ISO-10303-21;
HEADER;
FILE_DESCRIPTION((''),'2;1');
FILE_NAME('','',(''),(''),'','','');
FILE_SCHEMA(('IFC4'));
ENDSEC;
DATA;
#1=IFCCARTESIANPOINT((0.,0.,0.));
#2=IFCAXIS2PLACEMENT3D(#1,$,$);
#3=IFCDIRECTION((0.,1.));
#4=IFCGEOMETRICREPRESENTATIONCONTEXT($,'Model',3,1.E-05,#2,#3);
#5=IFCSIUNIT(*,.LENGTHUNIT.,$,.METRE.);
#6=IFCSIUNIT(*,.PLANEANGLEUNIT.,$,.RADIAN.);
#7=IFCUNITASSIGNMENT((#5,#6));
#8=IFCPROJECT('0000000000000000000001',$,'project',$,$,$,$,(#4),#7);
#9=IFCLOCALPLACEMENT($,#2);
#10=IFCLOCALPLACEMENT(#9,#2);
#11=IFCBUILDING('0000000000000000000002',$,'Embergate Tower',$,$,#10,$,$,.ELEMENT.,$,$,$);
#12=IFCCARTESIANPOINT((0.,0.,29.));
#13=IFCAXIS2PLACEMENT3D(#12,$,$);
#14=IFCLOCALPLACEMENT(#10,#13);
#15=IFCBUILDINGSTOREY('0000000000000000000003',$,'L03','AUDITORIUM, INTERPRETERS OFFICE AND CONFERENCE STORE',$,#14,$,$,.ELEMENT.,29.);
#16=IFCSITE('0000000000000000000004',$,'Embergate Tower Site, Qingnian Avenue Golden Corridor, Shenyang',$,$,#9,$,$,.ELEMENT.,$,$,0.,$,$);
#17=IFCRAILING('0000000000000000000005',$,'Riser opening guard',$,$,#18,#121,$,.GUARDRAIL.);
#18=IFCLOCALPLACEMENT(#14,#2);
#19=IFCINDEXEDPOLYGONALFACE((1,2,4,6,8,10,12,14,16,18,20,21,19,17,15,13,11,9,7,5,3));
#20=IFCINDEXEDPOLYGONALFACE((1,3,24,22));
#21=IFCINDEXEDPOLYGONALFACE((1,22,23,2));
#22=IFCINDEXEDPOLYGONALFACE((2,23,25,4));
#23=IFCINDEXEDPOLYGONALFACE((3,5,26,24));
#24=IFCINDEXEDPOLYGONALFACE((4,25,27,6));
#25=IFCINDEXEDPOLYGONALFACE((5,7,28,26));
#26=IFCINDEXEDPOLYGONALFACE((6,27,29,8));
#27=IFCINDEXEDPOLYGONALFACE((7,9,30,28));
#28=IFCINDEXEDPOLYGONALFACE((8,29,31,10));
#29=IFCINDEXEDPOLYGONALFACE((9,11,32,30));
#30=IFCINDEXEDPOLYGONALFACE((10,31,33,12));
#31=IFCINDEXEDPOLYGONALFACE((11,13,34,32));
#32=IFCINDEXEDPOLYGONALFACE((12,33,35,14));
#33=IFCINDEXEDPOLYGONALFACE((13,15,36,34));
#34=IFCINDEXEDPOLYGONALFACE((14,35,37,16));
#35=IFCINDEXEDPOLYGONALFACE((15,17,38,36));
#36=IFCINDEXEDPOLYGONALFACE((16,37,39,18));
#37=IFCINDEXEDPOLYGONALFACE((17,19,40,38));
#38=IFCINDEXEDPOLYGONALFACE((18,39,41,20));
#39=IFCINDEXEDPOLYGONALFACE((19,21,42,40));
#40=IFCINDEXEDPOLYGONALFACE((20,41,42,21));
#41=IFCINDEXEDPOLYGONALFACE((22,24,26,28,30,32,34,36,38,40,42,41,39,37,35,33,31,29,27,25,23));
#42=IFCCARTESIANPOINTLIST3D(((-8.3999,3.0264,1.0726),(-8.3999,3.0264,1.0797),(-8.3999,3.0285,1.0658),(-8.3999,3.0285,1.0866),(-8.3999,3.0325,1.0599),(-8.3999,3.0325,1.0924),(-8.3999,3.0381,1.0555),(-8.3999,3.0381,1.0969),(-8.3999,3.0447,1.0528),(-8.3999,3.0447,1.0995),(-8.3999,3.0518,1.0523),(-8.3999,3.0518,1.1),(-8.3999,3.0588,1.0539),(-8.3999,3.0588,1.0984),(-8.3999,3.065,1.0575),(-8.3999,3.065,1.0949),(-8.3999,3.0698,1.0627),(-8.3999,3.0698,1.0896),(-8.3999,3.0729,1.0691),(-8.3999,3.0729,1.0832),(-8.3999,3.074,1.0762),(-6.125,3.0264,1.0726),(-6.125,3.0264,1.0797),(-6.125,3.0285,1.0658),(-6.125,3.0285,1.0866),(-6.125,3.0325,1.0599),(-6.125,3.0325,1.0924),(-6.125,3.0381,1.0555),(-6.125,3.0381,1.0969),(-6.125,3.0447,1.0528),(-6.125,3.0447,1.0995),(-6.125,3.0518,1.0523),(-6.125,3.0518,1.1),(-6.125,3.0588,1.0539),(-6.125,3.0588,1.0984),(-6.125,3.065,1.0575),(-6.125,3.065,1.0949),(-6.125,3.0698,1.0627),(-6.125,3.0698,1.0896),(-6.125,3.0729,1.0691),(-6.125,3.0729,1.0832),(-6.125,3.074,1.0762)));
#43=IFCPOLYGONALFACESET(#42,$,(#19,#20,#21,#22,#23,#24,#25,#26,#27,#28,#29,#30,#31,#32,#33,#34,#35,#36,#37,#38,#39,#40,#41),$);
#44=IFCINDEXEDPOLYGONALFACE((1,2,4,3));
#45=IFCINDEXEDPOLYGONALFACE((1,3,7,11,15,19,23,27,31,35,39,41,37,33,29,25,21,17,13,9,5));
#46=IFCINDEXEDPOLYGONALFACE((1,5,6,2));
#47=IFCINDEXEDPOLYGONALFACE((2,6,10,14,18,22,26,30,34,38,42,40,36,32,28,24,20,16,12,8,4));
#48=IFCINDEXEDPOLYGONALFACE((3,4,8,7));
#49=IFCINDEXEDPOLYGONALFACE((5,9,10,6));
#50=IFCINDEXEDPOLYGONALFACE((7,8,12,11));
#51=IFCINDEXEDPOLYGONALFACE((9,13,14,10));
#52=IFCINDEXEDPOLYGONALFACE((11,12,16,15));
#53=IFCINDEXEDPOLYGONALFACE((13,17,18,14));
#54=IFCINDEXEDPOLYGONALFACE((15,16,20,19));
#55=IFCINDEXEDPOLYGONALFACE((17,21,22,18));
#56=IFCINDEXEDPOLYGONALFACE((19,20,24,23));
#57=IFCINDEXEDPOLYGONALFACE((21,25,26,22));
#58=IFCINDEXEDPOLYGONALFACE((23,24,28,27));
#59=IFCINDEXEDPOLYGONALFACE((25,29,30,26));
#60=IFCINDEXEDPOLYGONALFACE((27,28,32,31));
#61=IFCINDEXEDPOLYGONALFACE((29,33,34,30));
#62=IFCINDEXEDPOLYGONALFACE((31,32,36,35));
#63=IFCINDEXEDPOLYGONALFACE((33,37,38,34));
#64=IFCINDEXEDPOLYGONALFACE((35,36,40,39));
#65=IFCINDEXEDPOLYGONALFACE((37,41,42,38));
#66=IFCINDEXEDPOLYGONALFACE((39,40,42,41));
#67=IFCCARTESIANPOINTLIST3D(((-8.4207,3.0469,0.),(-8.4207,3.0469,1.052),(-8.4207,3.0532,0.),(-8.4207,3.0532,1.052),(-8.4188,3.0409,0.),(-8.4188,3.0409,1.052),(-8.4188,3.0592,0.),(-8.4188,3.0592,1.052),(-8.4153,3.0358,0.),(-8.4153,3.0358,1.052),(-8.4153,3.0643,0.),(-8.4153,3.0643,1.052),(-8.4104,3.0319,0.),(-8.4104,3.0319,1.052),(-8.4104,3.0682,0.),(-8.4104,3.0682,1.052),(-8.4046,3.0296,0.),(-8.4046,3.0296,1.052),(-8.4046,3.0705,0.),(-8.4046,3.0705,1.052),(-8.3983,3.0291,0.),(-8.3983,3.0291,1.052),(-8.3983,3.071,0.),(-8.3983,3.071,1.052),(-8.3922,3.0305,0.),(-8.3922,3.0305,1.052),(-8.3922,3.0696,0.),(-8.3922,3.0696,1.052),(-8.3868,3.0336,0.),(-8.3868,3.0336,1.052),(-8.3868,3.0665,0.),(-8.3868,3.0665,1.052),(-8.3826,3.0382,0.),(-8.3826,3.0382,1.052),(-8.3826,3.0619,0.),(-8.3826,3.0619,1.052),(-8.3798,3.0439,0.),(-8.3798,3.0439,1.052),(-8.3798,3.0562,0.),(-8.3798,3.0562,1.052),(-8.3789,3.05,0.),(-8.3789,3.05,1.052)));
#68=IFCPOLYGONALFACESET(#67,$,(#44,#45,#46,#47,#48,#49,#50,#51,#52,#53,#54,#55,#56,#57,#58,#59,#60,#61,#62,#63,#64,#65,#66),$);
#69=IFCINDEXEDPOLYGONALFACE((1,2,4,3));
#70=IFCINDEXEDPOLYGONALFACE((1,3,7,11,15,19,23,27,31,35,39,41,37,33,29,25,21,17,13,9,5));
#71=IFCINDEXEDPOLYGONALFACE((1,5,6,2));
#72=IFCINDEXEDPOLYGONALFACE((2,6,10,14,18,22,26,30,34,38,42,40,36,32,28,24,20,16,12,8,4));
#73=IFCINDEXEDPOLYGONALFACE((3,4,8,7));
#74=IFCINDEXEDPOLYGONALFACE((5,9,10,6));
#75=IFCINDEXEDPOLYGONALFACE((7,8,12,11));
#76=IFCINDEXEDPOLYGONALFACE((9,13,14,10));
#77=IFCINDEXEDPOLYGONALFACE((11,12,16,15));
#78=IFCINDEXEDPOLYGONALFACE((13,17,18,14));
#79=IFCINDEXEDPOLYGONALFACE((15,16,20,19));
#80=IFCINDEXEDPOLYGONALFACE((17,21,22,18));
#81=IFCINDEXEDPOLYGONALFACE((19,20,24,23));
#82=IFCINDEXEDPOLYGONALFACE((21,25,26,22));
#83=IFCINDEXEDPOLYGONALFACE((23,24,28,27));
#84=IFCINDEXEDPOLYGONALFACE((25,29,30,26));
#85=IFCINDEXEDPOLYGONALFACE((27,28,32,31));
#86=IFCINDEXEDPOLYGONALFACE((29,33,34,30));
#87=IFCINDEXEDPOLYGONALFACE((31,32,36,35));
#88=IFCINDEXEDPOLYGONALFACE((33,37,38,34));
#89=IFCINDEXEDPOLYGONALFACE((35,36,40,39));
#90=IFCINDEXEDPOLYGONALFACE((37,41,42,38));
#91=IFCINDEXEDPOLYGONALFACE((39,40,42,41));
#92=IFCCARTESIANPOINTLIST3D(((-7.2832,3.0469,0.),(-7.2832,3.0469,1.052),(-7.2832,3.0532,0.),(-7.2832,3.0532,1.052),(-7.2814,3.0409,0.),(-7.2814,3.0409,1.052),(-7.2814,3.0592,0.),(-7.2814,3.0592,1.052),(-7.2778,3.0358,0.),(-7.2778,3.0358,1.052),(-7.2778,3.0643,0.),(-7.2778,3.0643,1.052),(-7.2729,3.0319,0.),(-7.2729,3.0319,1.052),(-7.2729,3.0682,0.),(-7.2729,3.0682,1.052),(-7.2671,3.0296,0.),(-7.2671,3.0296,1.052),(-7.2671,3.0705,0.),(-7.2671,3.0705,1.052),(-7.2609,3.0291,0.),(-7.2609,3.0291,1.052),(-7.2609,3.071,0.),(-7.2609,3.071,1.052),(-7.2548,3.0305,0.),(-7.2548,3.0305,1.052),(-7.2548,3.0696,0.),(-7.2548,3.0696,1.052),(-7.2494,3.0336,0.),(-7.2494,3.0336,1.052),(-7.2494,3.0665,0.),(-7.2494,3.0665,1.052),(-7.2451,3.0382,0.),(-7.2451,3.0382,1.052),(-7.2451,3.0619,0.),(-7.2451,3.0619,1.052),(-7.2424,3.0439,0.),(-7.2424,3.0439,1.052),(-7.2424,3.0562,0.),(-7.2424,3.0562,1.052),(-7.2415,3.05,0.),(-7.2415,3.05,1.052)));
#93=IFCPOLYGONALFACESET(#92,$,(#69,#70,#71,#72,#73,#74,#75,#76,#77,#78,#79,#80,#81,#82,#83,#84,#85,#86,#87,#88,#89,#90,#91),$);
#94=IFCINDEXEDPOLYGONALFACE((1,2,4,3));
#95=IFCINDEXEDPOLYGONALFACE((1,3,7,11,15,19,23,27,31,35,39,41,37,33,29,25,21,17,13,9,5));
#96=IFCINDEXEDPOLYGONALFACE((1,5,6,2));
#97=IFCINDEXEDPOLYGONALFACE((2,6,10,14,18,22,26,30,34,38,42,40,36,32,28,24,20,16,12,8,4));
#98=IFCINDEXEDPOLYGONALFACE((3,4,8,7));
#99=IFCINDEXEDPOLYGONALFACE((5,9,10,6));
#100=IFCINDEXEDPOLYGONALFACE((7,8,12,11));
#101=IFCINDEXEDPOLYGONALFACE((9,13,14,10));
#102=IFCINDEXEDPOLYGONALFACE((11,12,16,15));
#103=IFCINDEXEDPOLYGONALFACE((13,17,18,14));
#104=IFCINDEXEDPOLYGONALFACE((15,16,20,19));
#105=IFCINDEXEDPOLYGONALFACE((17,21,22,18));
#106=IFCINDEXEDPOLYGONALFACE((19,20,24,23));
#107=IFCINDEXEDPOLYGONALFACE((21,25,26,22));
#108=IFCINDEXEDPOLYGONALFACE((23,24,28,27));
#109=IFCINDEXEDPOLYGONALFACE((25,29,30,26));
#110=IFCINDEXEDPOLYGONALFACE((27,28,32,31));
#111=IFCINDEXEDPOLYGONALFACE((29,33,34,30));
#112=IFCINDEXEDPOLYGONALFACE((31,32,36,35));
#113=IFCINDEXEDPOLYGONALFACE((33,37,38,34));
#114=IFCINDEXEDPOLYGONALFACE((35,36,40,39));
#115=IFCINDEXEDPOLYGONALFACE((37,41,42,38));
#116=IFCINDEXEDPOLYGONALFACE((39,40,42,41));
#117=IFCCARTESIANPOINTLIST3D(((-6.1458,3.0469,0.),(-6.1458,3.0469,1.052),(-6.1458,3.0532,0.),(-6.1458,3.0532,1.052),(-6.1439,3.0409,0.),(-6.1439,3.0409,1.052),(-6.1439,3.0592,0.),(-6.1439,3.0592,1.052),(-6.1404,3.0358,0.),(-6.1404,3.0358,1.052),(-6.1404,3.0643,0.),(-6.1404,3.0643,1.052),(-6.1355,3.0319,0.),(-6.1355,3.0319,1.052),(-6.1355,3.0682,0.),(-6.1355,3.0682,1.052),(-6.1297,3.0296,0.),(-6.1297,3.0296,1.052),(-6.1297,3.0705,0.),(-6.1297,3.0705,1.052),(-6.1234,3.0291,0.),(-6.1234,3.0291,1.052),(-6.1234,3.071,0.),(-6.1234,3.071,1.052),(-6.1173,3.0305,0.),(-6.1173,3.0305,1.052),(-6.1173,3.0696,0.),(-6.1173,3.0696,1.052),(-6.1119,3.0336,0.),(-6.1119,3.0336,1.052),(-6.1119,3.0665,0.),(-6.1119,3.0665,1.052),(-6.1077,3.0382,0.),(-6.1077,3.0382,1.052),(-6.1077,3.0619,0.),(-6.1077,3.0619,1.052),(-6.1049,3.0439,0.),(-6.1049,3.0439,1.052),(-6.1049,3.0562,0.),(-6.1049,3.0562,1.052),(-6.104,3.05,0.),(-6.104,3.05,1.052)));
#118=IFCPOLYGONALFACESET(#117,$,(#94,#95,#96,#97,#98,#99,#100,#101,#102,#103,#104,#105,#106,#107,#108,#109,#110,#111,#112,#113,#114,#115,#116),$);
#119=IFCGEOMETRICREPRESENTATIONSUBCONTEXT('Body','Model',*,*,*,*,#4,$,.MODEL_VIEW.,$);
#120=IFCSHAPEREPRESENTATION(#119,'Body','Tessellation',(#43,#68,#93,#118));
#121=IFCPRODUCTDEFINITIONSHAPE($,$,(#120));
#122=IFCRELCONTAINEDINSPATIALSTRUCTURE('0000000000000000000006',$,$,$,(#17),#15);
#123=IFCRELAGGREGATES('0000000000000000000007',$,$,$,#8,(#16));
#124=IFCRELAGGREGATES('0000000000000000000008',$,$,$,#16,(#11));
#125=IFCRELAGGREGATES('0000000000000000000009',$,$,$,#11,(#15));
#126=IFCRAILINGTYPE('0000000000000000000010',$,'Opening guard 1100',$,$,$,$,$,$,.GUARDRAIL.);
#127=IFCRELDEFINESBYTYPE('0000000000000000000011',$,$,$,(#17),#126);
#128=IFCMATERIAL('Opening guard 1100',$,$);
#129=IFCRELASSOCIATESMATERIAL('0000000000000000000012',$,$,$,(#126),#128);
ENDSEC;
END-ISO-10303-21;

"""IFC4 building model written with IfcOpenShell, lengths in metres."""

from ifc_helpers import new_model, si_unit, direction, frame, origin, origin_2d, place, context, subcontext, project, spatial, circle, extrude, source, transform, mapped, material, type_object, element, save


model = new_model("IFC4")

# Units and contexts
model_context = context("Model", 3, precision=1e-05, world=origin(), true_north=direction((0.0, 1.0)))
body_context = subcontext(model_context, "Body", "Model", "MODEL_VIEW")
ifc_project = project(units=[si_unit("LENGTHUNIT", "METRE"), si_unit("PLANEANGLEUNIT", "RADIAN")], contexts=[model_context])

# Site, building, storey
site_placement = place(None, origin())
site = spatial("IfcSite", under=ifc_project, at=site_placement, Name="Embergate Tower Site, Qingnian Avenue Golden Corridor, Shenyang", CompositionType="ELEMENT", RefElevation=0.0)
building_placement = place(site_placement, origin())
building = spatial("IfcBuilding", under=site, at=building_placement, Name="Embergate Tower", CompositionType="ELEMENT")
storey_placement = place(building_placement, frame((0.0, 0.0, 29.0)))
storey = spatial("IfcBuildingStorey", under=building, at=storey_placement, Name="L03", Description="AUDITORIUM, INTERPRETERS OFFICE AND CONFERENCE STORE", CompositionType="ELEMENT", Elevation=29.0)

# Railing
ifc_material_1 = material(Name="Opening guard 1100")
railing_type = type_object("IfcRailingType", Name="Opening guard 1100", PredefinedType="GUARDRAIL", material=ifc_material_1)
shared_shape_1 = source(origin(), body_context, "Body", "SweptSolid", [
    extrude(circle(Radius=0.0239, at=origin_2d()), frame((0.0, 0.0, 1.0762), z_axis=(1.0, 0.0, 0.0), x_axis=(0.0, 1.0, 0.0)), (0.0, 0.0, 1.0), 2.2749),
    extrude(circle(Radius=0.021, at=origin_2d()), origin(), (0.0, 0.0, 1.0), 1.052),
    extrude(circle(Radius=0.021, at=origin_2d()), frame((1.1375, 0.0, 0.0)), (0.0, 0.0, 1.0), 1.052),
    extrude(circle(Radius=0.021, at=origin_2d()), frame((2.2749, 0.0, 0.0)), (0.0, 0.0, 1.0), 1.052),
])
railing_placement = place(storey_placement, frame((-8.3999, 3.05, 0.0)))
element("IfcRailing", 1, at=railing_placement, inside=storey, type_object=railing_type, Name="Riser opening guard", PredefinedType="GUARDRAIL", context=body_context, shape_type="MappedRepresentation", body=[
    mapped(shared_shape_1, transform((0.0, 0.0, 0.0))),
])

save(model, "model.ifc")
